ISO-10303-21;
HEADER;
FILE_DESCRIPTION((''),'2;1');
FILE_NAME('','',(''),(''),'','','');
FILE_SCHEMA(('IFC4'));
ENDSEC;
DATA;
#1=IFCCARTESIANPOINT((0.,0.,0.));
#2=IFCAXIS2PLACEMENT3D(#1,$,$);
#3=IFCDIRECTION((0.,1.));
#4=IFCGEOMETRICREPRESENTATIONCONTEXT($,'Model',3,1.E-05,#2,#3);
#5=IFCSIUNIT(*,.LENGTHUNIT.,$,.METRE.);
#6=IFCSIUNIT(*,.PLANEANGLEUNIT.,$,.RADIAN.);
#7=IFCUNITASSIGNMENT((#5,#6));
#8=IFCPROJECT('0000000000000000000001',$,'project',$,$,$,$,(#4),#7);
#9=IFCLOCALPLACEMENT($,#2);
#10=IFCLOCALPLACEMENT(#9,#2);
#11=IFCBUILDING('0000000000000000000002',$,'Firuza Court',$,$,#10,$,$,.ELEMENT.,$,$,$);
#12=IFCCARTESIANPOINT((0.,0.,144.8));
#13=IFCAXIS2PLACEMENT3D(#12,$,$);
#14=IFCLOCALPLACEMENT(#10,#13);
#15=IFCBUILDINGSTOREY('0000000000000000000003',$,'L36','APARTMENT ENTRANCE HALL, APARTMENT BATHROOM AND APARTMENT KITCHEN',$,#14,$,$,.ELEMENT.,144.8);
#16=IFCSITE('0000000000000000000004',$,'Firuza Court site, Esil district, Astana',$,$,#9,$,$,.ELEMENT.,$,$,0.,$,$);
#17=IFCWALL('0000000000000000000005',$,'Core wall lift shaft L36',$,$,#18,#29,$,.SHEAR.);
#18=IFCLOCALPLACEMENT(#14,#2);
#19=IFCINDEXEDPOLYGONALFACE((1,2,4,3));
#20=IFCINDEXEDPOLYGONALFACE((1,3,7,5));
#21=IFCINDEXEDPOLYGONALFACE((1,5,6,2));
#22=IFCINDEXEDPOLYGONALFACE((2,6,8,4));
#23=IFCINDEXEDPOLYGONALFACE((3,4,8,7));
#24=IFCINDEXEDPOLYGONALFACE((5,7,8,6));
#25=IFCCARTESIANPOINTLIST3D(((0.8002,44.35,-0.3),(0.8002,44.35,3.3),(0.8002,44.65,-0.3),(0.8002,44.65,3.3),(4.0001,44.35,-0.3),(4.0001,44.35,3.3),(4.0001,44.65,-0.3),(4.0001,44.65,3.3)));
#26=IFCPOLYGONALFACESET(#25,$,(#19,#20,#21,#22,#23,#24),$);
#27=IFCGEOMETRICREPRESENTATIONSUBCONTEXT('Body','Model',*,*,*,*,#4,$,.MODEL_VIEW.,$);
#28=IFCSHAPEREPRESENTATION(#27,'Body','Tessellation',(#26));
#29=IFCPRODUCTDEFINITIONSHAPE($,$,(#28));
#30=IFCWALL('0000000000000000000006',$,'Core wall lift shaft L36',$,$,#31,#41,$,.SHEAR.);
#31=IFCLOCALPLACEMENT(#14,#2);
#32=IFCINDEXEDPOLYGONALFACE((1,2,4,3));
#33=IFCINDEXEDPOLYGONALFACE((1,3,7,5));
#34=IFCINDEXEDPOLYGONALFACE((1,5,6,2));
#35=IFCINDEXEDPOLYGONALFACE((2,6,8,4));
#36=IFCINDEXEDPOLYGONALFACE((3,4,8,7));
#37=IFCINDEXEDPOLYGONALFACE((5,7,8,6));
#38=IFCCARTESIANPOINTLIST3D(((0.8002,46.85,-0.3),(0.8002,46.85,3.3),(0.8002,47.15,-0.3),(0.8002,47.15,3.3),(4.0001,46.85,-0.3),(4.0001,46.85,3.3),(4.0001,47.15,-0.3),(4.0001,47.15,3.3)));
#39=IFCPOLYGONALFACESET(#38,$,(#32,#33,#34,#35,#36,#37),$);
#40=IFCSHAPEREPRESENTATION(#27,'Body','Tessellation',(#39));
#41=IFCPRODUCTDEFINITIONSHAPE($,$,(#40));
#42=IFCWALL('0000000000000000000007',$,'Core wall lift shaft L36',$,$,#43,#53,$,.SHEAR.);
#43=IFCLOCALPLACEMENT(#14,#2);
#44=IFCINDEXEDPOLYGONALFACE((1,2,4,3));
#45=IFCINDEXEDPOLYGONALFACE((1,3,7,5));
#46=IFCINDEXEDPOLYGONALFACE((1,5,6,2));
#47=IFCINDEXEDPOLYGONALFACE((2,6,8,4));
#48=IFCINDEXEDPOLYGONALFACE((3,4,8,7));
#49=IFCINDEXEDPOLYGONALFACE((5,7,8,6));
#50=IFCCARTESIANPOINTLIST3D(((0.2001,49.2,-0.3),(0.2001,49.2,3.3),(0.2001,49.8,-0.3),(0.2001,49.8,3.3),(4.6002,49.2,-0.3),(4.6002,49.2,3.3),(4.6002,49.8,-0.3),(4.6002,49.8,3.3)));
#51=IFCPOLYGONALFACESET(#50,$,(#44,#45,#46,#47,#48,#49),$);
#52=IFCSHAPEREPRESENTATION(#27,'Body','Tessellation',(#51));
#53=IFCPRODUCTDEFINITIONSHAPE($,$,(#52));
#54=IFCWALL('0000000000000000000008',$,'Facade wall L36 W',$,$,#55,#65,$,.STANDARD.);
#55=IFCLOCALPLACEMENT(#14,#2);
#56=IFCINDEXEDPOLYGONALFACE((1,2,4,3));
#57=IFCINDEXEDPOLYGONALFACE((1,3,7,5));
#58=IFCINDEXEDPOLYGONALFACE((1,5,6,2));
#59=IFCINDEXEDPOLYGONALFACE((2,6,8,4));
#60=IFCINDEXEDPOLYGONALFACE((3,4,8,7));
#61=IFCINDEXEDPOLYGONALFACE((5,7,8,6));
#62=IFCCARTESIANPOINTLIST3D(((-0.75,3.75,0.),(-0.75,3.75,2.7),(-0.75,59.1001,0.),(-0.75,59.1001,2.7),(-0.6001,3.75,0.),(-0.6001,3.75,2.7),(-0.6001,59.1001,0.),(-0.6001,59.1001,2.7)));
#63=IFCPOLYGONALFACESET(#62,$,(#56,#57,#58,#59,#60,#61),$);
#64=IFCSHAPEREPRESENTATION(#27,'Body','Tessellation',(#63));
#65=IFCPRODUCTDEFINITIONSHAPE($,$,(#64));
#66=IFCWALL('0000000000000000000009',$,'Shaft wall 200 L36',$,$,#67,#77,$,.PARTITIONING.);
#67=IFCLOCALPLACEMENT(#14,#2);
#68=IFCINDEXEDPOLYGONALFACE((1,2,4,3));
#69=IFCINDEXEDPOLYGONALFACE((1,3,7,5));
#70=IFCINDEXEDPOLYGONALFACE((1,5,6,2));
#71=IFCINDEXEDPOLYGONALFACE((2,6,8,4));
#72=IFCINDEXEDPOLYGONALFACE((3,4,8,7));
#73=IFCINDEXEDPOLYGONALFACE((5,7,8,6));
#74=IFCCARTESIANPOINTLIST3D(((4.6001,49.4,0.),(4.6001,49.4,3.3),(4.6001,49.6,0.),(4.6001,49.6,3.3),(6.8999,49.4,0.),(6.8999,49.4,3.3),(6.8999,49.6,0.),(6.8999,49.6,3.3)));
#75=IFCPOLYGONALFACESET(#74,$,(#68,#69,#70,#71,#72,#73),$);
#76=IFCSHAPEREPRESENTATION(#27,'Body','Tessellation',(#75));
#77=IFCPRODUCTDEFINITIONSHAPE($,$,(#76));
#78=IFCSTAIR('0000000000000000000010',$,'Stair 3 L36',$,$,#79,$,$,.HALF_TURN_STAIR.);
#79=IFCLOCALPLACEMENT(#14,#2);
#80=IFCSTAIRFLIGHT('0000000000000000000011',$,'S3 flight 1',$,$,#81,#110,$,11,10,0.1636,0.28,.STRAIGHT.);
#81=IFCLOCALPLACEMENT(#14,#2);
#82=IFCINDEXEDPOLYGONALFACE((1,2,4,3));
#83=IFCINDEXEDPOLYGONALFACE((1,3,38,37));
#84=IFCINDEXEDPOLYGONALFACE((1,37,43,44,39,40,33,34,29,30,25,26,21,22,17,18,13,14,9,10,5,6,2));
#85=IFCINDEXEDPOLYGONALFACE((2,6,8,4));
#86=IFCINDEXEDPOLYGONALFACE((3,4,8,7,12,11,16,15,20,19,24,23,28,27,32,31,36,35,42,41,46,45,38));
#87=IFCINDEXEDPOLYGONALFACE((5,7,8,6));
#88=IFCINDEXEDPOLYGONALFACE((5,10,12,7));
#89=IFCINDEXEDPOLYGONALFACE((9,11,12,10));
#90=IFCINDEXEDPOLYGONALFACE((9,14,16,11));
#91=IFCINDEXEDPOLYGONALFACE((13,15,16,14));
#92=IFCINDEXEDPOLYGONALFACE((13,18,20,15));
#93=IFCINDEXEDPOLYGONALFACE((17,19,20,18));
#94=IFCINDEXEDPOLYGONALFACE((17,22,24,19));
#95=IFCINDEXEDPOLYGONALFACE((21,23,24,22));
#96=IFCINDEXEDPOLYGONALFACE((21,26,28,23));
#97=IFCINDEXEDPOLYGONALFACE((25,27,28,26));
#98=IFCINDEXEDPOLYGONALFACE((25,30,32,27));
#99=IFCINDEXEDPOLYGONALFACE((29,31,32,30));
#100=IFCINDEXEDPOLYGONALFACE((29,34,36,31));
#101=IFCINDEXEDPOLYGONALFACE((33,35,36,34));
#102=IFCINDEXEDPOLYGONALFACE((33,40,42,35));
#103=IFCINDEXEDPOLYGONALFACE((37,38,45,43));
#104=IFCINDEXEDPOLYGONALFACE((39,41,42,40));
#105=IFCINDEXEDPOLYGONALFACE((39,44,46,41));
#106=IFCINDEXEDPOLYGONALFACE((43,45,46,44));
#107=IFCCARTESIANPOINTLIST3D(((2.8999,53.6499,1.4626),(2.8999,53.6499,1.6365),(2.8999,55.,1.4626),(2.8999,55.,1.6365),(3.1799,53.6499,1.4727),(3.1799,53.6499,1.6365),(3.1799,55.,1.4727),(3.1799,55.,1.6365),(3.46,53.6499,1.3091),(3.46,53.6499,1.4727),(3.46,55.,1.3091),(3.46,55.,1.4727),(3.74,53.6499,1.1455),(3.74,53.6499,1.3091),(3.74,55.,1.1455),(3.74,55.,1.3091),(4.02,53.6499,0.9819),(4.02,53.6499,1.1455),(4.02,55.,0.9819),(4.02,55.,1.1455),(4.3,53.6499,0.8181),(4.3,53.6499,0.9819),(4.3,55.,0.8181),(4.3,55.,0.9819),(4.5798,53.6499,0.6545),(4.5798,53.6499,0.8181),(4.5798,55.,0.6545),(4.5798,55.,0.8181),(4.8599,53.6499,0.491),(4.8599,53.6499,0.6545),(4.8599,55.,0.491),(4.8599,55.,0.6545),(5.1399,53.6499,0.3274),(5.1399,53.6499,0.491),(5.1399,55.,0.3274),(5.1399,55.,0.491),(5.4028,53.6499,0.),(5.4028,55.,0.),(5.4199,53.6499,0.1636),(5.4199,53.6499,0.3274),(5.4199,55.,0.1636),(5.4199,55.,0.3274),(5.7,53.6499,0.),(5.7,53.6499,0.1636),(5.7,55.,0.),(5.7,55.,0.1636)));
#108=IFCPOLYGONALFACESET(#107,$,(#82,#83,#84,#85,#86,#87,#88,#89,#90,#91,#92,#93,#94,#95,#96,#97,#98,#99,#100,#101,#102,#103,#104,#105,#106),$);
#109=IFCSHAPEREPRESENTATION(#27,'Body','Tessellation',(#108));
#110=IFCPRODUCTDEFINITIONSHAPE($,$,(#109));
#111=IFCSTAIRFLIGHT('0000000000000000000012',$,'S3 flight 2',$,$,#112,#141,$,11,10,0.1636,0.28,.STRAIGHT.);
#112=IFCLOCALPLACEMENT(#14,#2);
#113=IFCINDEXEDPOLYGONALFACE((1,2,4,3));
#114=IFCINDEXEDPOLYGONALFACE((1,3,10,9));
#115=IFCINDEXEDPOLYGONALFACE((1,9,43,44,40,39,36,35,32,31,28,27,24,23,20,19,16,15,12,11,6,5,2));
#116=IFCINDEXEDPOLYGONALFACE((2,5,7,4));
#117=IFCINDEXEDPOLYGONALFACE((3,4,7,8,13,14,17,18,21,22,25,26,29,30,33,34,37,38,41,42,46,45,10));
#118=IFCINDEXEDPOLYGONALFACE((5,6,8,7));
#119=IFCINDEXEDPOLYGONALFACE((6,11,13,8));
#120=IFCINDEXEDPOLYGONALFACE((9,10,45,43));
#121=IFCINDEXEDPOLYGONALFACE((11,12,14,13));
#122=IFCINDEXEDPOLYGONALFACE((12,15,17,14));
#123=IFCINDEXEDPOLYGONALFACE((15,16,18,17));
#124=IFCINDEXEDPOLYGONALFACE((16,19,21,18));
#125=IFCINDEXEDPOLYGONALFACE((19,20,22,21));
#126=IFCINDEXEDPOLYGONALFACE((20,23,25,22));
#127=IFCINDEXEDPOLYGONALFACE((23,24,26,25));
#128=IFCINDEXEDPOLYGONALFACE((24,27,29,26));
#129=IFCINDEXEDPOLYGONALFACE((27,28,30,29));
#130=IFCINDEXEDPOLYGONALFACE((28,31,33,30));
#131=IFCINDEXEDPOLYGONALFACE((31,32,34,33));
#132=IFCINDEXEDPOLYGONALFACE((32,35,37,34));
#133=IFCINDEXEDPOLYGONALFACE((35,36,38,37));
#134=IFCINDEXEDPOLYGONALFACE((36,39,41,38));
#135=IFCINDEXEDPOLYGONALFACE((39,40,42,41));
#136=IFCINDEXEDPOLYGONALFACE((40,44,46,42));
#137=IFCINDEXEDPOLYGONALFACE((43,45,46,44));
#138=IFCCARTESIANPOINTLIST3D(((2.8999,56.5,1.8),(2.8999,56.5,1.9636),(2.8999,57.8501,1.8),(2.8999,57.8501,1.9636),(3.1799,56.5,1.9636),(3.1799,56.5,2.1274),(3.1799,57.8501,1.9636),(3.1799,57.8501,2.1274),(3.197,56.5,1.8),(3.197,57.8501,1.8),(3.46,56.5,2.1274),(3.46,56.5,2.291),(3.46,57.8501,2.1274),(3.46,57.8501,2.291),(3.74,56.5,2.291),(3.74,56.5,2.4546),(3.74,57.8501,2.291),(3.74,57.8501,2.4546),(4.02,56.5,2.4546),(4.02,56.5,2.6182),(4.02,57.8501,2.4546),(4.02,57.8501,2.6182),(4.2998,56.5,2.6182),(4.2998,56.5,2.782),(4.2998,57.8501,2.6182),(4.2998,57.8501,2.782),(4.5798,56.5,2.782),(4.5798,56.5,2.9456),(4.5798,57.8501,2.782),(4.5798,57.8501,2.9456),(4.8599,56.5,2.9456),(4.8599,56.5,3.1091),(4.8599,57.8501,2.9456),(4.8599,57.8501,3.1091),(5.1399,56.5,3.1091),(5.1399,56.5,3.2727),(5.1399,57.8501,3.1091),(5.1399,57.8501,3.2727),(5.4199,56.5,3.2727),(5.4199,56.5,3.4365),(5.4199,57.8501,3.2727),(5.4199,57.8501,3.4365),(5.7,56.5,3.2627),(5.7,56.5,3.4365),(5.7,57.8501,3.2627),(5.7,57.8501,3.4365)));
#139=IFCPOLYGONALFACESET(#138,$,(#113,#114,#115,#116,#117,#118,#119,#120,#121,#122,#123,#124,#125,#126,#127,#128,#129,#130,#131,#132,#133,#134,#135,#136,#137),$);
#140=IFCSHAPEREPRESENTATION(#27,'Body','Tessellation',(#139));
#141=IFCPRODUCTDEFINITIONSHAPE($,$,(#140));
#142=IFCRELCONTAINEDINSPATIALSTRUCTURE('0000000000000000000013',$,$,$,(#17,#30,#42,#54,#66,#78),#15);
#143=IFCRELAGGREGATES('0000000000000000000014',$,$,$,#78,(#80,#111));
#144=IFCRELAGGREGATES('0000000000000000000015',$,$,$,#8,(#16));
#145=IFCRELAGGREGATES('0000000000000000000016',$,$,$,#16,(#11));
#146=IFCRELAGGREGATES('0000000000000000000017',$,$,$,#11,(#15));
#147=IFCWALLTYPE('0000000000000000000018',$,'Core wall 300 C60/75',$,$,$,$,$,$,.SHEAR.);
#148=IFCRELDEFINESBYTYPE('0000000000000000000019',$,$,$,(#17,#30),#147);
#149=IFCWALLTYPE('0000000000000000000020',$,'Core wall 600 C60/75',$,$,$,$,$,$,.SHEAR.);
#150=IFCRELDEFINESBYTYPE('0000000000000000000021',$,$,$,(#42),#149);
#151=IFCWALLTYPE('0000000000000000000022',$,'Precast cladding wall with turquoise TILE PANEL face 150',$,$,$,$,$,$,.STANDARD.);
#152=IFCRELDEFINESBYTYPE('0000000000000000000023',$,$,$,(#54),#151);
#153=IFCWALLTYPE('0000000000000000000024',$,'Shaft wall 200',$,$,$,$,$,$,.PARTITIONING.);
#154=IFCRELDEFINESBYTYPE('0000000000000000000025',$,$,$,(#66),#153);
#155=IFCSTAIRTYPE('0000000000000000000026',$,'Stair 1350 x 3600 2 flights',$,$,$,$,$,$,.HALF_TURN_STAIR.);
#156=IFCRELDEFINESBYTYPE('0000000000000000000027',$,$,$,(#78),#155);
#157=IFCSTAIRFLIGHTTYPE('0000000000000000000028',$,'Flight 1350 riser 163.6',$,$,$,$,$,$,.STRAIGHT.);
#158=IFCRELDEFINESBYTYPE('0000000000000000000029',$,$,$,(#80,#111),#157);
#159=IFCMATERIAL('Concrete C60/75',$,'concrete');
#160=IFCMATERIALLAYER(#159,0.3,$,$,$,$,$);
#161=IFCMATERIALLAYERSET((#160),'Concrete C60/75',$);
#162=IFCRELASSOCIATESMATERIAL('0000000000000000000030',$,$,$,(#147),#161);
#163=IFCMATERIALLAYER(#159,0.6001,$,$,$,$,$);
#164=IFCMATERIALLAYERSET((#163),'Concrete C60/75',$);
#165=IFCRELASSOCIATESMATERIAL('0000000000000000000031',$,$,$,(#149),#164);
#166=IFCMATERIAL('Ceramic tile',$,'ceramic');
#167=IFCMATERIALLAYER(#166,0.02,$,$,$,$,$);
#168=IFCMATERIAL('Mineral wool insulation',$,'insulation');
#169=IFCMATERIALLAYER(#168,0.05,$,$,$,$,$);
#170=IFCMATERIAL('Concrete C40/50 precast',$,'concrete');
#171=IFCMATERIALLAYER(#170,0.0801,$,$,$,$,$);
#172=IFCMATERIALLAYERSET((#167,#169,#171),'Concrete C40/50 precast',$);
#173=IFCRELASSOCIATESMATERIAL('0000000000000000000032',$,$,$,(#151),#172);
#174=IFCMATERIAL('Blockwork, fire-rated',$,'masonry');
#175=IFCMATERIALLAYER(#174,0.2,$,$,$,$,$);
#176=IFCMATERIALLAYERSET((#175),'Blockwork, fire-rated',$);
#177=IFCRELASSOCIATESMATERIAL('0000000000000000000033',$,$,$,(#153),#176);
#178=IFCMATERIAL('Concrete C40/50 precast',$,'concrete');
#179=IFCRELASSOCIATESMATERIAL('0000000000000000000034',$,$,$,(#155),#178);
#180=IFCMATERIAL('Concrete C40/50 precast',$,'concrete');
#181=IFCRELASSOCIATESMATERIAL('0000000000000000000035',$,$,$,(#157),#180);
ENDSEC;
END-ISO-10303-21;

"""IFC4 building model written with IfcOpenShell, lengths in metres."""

from ifc_helpers import new_model, si_unit, direction, frame, frame_2d, origin, place, context, subcontext, project, spatial, polyline, rectangle, outline, extrude, material, layer, layer_set, type_object, element, aggregate, save


model = new_model("IFC4")

# Units and contexts
model_context = context("Model", 3, precision=1e-05, world=origin(), true_north=direction((0.0, 1.0)))
body_context = subcontext(model_context, "Body", "Model", "MODEL_VIEW")
ifc_project = project(units=[si_unit("LENGTHUNIT", "METRE"), si_unit("PLANEANGLEUNIT", "RADIAN")], contexts=[model_context])

# Site, building, storey
site_placement = place(None, origin())
site = spatial("IfcSite", under=ifc_project, at=site_placement, Name="Firuza Court site, Esil district, Astana", CompositionType="ELEMENT", RefElevation=0.0)
building_placement = place(site_placement, origin())
building = spatial("IfcBuilding", under=site, at=building_placement, Name="Firuza Court", CompositionType="ELEMENT")
storey_placement = place(building_placement, frame((0.0, 0.0, 144.8)))
storey = spatial("IfcBuildingStorey", under=building, at=storey_placement, Name="L36", Description="APARTMENT ENTRANCE HALL, APARTMENT BATHROOM AND APARTMENT KITCHEN", CompositionType="ELEMENT", Elevation=144.8)

# Shared definitions
ifc_material_1 = material(Name="Concrete C60/75", Category="concrete")
ifc_layer_1 = layer(ifc_material_1, 0.3)
ifc_layer_set_1 = layer_set([ifc_layer_1], Name="Concrete C60/75")
wall_type_1 = type_object("IfcWallType", Name="Core wall 300 C60/75", PredefinedType="SHEAR", material=ifc_layer_set_1)

# Walls
for number, where, z_axis, x_axis, name in (
    (1, (0.8, 44.5, -0.3), (0.0, 0.0, 1.0), (1.0, 0.0, 0.0), "Core wall lift shaft L36"),
    (2, (0.8, 47.0, -0.3), (0.0, 0.0, 1.0), (1.0, 0.0, 0.0), "Core wall lift shaft L36"),
):
    element("IfcWall", number, at=place(storey_placement, frame(where, z_axis=z_axis, x_axis=x_axis)), inside=storey, type_object=wall_type_1, Name=name, PredefinedType="SHEAR", context=body_context, shape_type="SweptSolid", body=[
        extrude(rectangle(XDim=3.2, YDim=0.3, at=frame_2d((1.6001, 0.0))), origin(), (0.0, 0.0, 1.0), 3.6001),
    ])
ifc_layer_2 = layer(ifc_material_1, 0.6001)
ifc_layer_set_2 = layer_set([ifc_layer_2], Name="Concrete C60/75")
wall_type_2 = type_object("IfcWallType", Name="Core wall 600 C60/75", PredefinedType="SHEAR", material=ifc_layer_set_2)
wall_1_placement = place(storey_placement, frame((0.2, 49.5, -0.3), z_axis=(0.0, 0.0, 1.0), x_axis=(1.0, 0.0, 0.0)))
element("IfcWall", 3, at=wall_1_placement, inside=storey, type_object=wall_type_2, Name="Core wall lift shaft L36", PredefinedType="SHEAR", context=body_context, shape_type="SweptSolid", body=[
    extrude(rectangle(XDim=4.4001, YDim=0.6001, at=frame_2d((2.2002, 0.0))), origin(), (0.0, 0.0, 1.0), 3.6001),
])
ifc_material_2 = material(Name="Ceramic tile", Category="ceramic")
ifc_layer_3 = layer(ifc_material_2, 0.02)
ifc_material_3 = material(Name="Mineral wool insulation", Category="insulation")
ifc_layer_4 = layer(ifc_material_3, 0.05)
ifc_material_4 = material(Name="Concrete C40/50 precast", Category="concrete")
ifc_layer_5 = layer(ifc_material_4, 0.0801)
ifc_layer_set_3 = layer_set([ifc_layer_3, ifc_layer_4, ifc_layer_5], Name="Concrete C40/50 precast")
wall_type_3 = type_object("IfcWallType", Name="Precast cladding wall with turquoise TILE PANEL face 150", PredefinedType="STANDARD", material=ifc_layer_set_3)
wall_2_placement = place(storey_placement, frame((-0.675, 59.1001, 0.0), z_axis=(0.0, 0.0, 1.0), x_axis=(0.0, -1.0, 0.0)))
element("IfcWall", 4, at=wall_2_placement, inside=storey, type_object=wall_type_3, Name="Facade wall L36 W", PredefinedType="STANDARD", context=body_context, shape_type="SweptSolid", body=[
    extrude(rectangle(XDim=55.3501, YDim=0.1499, at=frame_2d((27.675, 0.0))), origin(), (0.0, 0.0, 1.0), 2.7),
])
ifc_material_5 = material(Name="Blockwork, fire-rated", Category="masonry")
ifc_layer_6 = layer(ifc_material_5, 0.2)
ifc_layer_set_4 = layer_set([ifc_layer_6], Name="Blockwork, fire-rated")
wall_type_4 = type_object("IfcWallType", Name="Shaft wall 200", PredefinedType="PARTITIONING", material=ifc_layer_set_4)
wall_3_placement = place(storey_placement, frame((4.6001, 49.5, 0.0), z_axis=(0.0, 0.0, 1.0), x_axis=(1.0, 0.0, 0.0)))
element("IfcWall", 5, at=wall_3_placement, inside=storey, type_object=wall_type_4, Name="Shaft wall 200 L36", PredefinedType="PARTITIONING", context=body_context, shape_type="SweptSolid", body=[
    extrude(rectangle(XDim=2.2998, YDim=0.2, at=frame_2d((1.1499, 0.0))), origin(), (0.0, 0.0, 1.0), 3.3),
])

# Stair, stair flights
ifc_material_6 = material(Name="Concrete C40/50 precast", Category="concrete")
stair_type = type_object("IfcStairType", Name="Stair 1350 x 3600 2 flights", PredefinedType="HALF_TURN_STAIR", material=ifc_material_6)
stair_placement = place(storey_placement, origin())
stair = element("IfcStair", 6, at=stair_placement, inside=storey, type_object=stair_type, Name="Stair 3 L36", PredefinedType="HALF_TURN_STAIR")
ifc_material_7 = material(Name="Concrete C40/50 precast", Category="concrete")
stair_flight_type = type_object("IfcStairFlightType", Name="Flight 1350 riser 163.6", PredefinedType="STRAIGHT", material=ifc_material_7)
stair_flight_1_placement = place(storey_placement, frame((5.7, 54.325, 0.0), z_axis=(0.0, 0.0, 1.0), x_axis=(-1.0, 0.0, 0.0)))
stair_flight_1 = element("IfcStairFlight", 7, at=stair_flight_1_placement, type_object=stair_flight_type, Name="S3 flight 1", NumberOfRisers=11, NumberOfTreads=10, PredefinedType="STRAIGHT", RiserHeight=0.1636, TreadLength=0.28, context=body_context, shape_type="SweptSolid", body=[
    extrude(outline(polyline([(0.0, 0.0), (0.0, 0.1636), (0.28, 0.1636), (0.28, 0.3274), (0.5601, 0.3274), (0.5601, 0.491), (0.8401, 0.491), (0.8401, 0.6545), (1.1201, 0.6545), (1.1201, 0.8181), (1.3999, 0.8181), (1.3999, 0.9819), (1.6799, 0.9819), (1.6799, 1.1455), (1.96, 1.1455), (1.96, 1.3091), (2.24, 1.3091), (2.24, 1.4727), (2.52, 1.4727), (2.52, 1.6365), (2.8, 1.6365), (2.8, 1.8), (2.8, 1.4626), (0.2971, 0.0), (0.0, 0.0)])), frame((0.0, 0.675, 0.0), z_axis=(0.0, -1.0, 0.0), x_axis=(1.0, 0.0, 0.0)), (0.0, 0.0, 1.0), 1.3501),
])
stair_flight_2_placement = place(storey_placement, frame((2.8999, 57.175, 1.8), z_axis=(0.0, 0.0, 1.0), x_axis=(1.0, 0.0, 0.0)))
stair_flight_2 = element("IfcStairFlight", 8, at=stair_flight_2_placement, type_object=stair_flight_type, Name="S3 flight 2", NumberOfRisers=11, NumberOfTreads=10, PredefinedType="STRAIGHT", RiserHeight=0.1636, TreadLength=0.28, context=body_context, shape_type="SweptSolid", body=[
    extrude(outline(polyline([(0.0, 0.0), (0.0, 0.1636), (0.28, 0.1636), (0.28, 0.3274), (0.5601, 0.3274), (0.5601, 0.491), (0.8401, 0.491), (0.8401, 0.6545), (1.1201, 0.6545), (1.1201, 0.8181), (1.3999, 0.8181), (1.3999, 0.9819), (1.6799, 0.9819), (1.6799, 1.1455), (1.96, 1.1455), (1.96, 1.3091), (2.24, 1.3091), (2.24, 1.4727), (2.52, 1.4727), (2.52, 1.6365), (2.8, 1.6365), (2.8, 1.8), (2.8, 1.4626), (0.2971, 0.0), (0.0, 0.0)])), frame((0.0, 0.675, 0.0), z_axis=(0.0, -1.0, 0.0), x_axis=(1.0, 0.0, 0.0)), (0.0, 0.0, 1.0), 1.3501),
])
aggregate(stair, [stair_flight_1, stair_flight_2])

save(model, "model.ifc")
